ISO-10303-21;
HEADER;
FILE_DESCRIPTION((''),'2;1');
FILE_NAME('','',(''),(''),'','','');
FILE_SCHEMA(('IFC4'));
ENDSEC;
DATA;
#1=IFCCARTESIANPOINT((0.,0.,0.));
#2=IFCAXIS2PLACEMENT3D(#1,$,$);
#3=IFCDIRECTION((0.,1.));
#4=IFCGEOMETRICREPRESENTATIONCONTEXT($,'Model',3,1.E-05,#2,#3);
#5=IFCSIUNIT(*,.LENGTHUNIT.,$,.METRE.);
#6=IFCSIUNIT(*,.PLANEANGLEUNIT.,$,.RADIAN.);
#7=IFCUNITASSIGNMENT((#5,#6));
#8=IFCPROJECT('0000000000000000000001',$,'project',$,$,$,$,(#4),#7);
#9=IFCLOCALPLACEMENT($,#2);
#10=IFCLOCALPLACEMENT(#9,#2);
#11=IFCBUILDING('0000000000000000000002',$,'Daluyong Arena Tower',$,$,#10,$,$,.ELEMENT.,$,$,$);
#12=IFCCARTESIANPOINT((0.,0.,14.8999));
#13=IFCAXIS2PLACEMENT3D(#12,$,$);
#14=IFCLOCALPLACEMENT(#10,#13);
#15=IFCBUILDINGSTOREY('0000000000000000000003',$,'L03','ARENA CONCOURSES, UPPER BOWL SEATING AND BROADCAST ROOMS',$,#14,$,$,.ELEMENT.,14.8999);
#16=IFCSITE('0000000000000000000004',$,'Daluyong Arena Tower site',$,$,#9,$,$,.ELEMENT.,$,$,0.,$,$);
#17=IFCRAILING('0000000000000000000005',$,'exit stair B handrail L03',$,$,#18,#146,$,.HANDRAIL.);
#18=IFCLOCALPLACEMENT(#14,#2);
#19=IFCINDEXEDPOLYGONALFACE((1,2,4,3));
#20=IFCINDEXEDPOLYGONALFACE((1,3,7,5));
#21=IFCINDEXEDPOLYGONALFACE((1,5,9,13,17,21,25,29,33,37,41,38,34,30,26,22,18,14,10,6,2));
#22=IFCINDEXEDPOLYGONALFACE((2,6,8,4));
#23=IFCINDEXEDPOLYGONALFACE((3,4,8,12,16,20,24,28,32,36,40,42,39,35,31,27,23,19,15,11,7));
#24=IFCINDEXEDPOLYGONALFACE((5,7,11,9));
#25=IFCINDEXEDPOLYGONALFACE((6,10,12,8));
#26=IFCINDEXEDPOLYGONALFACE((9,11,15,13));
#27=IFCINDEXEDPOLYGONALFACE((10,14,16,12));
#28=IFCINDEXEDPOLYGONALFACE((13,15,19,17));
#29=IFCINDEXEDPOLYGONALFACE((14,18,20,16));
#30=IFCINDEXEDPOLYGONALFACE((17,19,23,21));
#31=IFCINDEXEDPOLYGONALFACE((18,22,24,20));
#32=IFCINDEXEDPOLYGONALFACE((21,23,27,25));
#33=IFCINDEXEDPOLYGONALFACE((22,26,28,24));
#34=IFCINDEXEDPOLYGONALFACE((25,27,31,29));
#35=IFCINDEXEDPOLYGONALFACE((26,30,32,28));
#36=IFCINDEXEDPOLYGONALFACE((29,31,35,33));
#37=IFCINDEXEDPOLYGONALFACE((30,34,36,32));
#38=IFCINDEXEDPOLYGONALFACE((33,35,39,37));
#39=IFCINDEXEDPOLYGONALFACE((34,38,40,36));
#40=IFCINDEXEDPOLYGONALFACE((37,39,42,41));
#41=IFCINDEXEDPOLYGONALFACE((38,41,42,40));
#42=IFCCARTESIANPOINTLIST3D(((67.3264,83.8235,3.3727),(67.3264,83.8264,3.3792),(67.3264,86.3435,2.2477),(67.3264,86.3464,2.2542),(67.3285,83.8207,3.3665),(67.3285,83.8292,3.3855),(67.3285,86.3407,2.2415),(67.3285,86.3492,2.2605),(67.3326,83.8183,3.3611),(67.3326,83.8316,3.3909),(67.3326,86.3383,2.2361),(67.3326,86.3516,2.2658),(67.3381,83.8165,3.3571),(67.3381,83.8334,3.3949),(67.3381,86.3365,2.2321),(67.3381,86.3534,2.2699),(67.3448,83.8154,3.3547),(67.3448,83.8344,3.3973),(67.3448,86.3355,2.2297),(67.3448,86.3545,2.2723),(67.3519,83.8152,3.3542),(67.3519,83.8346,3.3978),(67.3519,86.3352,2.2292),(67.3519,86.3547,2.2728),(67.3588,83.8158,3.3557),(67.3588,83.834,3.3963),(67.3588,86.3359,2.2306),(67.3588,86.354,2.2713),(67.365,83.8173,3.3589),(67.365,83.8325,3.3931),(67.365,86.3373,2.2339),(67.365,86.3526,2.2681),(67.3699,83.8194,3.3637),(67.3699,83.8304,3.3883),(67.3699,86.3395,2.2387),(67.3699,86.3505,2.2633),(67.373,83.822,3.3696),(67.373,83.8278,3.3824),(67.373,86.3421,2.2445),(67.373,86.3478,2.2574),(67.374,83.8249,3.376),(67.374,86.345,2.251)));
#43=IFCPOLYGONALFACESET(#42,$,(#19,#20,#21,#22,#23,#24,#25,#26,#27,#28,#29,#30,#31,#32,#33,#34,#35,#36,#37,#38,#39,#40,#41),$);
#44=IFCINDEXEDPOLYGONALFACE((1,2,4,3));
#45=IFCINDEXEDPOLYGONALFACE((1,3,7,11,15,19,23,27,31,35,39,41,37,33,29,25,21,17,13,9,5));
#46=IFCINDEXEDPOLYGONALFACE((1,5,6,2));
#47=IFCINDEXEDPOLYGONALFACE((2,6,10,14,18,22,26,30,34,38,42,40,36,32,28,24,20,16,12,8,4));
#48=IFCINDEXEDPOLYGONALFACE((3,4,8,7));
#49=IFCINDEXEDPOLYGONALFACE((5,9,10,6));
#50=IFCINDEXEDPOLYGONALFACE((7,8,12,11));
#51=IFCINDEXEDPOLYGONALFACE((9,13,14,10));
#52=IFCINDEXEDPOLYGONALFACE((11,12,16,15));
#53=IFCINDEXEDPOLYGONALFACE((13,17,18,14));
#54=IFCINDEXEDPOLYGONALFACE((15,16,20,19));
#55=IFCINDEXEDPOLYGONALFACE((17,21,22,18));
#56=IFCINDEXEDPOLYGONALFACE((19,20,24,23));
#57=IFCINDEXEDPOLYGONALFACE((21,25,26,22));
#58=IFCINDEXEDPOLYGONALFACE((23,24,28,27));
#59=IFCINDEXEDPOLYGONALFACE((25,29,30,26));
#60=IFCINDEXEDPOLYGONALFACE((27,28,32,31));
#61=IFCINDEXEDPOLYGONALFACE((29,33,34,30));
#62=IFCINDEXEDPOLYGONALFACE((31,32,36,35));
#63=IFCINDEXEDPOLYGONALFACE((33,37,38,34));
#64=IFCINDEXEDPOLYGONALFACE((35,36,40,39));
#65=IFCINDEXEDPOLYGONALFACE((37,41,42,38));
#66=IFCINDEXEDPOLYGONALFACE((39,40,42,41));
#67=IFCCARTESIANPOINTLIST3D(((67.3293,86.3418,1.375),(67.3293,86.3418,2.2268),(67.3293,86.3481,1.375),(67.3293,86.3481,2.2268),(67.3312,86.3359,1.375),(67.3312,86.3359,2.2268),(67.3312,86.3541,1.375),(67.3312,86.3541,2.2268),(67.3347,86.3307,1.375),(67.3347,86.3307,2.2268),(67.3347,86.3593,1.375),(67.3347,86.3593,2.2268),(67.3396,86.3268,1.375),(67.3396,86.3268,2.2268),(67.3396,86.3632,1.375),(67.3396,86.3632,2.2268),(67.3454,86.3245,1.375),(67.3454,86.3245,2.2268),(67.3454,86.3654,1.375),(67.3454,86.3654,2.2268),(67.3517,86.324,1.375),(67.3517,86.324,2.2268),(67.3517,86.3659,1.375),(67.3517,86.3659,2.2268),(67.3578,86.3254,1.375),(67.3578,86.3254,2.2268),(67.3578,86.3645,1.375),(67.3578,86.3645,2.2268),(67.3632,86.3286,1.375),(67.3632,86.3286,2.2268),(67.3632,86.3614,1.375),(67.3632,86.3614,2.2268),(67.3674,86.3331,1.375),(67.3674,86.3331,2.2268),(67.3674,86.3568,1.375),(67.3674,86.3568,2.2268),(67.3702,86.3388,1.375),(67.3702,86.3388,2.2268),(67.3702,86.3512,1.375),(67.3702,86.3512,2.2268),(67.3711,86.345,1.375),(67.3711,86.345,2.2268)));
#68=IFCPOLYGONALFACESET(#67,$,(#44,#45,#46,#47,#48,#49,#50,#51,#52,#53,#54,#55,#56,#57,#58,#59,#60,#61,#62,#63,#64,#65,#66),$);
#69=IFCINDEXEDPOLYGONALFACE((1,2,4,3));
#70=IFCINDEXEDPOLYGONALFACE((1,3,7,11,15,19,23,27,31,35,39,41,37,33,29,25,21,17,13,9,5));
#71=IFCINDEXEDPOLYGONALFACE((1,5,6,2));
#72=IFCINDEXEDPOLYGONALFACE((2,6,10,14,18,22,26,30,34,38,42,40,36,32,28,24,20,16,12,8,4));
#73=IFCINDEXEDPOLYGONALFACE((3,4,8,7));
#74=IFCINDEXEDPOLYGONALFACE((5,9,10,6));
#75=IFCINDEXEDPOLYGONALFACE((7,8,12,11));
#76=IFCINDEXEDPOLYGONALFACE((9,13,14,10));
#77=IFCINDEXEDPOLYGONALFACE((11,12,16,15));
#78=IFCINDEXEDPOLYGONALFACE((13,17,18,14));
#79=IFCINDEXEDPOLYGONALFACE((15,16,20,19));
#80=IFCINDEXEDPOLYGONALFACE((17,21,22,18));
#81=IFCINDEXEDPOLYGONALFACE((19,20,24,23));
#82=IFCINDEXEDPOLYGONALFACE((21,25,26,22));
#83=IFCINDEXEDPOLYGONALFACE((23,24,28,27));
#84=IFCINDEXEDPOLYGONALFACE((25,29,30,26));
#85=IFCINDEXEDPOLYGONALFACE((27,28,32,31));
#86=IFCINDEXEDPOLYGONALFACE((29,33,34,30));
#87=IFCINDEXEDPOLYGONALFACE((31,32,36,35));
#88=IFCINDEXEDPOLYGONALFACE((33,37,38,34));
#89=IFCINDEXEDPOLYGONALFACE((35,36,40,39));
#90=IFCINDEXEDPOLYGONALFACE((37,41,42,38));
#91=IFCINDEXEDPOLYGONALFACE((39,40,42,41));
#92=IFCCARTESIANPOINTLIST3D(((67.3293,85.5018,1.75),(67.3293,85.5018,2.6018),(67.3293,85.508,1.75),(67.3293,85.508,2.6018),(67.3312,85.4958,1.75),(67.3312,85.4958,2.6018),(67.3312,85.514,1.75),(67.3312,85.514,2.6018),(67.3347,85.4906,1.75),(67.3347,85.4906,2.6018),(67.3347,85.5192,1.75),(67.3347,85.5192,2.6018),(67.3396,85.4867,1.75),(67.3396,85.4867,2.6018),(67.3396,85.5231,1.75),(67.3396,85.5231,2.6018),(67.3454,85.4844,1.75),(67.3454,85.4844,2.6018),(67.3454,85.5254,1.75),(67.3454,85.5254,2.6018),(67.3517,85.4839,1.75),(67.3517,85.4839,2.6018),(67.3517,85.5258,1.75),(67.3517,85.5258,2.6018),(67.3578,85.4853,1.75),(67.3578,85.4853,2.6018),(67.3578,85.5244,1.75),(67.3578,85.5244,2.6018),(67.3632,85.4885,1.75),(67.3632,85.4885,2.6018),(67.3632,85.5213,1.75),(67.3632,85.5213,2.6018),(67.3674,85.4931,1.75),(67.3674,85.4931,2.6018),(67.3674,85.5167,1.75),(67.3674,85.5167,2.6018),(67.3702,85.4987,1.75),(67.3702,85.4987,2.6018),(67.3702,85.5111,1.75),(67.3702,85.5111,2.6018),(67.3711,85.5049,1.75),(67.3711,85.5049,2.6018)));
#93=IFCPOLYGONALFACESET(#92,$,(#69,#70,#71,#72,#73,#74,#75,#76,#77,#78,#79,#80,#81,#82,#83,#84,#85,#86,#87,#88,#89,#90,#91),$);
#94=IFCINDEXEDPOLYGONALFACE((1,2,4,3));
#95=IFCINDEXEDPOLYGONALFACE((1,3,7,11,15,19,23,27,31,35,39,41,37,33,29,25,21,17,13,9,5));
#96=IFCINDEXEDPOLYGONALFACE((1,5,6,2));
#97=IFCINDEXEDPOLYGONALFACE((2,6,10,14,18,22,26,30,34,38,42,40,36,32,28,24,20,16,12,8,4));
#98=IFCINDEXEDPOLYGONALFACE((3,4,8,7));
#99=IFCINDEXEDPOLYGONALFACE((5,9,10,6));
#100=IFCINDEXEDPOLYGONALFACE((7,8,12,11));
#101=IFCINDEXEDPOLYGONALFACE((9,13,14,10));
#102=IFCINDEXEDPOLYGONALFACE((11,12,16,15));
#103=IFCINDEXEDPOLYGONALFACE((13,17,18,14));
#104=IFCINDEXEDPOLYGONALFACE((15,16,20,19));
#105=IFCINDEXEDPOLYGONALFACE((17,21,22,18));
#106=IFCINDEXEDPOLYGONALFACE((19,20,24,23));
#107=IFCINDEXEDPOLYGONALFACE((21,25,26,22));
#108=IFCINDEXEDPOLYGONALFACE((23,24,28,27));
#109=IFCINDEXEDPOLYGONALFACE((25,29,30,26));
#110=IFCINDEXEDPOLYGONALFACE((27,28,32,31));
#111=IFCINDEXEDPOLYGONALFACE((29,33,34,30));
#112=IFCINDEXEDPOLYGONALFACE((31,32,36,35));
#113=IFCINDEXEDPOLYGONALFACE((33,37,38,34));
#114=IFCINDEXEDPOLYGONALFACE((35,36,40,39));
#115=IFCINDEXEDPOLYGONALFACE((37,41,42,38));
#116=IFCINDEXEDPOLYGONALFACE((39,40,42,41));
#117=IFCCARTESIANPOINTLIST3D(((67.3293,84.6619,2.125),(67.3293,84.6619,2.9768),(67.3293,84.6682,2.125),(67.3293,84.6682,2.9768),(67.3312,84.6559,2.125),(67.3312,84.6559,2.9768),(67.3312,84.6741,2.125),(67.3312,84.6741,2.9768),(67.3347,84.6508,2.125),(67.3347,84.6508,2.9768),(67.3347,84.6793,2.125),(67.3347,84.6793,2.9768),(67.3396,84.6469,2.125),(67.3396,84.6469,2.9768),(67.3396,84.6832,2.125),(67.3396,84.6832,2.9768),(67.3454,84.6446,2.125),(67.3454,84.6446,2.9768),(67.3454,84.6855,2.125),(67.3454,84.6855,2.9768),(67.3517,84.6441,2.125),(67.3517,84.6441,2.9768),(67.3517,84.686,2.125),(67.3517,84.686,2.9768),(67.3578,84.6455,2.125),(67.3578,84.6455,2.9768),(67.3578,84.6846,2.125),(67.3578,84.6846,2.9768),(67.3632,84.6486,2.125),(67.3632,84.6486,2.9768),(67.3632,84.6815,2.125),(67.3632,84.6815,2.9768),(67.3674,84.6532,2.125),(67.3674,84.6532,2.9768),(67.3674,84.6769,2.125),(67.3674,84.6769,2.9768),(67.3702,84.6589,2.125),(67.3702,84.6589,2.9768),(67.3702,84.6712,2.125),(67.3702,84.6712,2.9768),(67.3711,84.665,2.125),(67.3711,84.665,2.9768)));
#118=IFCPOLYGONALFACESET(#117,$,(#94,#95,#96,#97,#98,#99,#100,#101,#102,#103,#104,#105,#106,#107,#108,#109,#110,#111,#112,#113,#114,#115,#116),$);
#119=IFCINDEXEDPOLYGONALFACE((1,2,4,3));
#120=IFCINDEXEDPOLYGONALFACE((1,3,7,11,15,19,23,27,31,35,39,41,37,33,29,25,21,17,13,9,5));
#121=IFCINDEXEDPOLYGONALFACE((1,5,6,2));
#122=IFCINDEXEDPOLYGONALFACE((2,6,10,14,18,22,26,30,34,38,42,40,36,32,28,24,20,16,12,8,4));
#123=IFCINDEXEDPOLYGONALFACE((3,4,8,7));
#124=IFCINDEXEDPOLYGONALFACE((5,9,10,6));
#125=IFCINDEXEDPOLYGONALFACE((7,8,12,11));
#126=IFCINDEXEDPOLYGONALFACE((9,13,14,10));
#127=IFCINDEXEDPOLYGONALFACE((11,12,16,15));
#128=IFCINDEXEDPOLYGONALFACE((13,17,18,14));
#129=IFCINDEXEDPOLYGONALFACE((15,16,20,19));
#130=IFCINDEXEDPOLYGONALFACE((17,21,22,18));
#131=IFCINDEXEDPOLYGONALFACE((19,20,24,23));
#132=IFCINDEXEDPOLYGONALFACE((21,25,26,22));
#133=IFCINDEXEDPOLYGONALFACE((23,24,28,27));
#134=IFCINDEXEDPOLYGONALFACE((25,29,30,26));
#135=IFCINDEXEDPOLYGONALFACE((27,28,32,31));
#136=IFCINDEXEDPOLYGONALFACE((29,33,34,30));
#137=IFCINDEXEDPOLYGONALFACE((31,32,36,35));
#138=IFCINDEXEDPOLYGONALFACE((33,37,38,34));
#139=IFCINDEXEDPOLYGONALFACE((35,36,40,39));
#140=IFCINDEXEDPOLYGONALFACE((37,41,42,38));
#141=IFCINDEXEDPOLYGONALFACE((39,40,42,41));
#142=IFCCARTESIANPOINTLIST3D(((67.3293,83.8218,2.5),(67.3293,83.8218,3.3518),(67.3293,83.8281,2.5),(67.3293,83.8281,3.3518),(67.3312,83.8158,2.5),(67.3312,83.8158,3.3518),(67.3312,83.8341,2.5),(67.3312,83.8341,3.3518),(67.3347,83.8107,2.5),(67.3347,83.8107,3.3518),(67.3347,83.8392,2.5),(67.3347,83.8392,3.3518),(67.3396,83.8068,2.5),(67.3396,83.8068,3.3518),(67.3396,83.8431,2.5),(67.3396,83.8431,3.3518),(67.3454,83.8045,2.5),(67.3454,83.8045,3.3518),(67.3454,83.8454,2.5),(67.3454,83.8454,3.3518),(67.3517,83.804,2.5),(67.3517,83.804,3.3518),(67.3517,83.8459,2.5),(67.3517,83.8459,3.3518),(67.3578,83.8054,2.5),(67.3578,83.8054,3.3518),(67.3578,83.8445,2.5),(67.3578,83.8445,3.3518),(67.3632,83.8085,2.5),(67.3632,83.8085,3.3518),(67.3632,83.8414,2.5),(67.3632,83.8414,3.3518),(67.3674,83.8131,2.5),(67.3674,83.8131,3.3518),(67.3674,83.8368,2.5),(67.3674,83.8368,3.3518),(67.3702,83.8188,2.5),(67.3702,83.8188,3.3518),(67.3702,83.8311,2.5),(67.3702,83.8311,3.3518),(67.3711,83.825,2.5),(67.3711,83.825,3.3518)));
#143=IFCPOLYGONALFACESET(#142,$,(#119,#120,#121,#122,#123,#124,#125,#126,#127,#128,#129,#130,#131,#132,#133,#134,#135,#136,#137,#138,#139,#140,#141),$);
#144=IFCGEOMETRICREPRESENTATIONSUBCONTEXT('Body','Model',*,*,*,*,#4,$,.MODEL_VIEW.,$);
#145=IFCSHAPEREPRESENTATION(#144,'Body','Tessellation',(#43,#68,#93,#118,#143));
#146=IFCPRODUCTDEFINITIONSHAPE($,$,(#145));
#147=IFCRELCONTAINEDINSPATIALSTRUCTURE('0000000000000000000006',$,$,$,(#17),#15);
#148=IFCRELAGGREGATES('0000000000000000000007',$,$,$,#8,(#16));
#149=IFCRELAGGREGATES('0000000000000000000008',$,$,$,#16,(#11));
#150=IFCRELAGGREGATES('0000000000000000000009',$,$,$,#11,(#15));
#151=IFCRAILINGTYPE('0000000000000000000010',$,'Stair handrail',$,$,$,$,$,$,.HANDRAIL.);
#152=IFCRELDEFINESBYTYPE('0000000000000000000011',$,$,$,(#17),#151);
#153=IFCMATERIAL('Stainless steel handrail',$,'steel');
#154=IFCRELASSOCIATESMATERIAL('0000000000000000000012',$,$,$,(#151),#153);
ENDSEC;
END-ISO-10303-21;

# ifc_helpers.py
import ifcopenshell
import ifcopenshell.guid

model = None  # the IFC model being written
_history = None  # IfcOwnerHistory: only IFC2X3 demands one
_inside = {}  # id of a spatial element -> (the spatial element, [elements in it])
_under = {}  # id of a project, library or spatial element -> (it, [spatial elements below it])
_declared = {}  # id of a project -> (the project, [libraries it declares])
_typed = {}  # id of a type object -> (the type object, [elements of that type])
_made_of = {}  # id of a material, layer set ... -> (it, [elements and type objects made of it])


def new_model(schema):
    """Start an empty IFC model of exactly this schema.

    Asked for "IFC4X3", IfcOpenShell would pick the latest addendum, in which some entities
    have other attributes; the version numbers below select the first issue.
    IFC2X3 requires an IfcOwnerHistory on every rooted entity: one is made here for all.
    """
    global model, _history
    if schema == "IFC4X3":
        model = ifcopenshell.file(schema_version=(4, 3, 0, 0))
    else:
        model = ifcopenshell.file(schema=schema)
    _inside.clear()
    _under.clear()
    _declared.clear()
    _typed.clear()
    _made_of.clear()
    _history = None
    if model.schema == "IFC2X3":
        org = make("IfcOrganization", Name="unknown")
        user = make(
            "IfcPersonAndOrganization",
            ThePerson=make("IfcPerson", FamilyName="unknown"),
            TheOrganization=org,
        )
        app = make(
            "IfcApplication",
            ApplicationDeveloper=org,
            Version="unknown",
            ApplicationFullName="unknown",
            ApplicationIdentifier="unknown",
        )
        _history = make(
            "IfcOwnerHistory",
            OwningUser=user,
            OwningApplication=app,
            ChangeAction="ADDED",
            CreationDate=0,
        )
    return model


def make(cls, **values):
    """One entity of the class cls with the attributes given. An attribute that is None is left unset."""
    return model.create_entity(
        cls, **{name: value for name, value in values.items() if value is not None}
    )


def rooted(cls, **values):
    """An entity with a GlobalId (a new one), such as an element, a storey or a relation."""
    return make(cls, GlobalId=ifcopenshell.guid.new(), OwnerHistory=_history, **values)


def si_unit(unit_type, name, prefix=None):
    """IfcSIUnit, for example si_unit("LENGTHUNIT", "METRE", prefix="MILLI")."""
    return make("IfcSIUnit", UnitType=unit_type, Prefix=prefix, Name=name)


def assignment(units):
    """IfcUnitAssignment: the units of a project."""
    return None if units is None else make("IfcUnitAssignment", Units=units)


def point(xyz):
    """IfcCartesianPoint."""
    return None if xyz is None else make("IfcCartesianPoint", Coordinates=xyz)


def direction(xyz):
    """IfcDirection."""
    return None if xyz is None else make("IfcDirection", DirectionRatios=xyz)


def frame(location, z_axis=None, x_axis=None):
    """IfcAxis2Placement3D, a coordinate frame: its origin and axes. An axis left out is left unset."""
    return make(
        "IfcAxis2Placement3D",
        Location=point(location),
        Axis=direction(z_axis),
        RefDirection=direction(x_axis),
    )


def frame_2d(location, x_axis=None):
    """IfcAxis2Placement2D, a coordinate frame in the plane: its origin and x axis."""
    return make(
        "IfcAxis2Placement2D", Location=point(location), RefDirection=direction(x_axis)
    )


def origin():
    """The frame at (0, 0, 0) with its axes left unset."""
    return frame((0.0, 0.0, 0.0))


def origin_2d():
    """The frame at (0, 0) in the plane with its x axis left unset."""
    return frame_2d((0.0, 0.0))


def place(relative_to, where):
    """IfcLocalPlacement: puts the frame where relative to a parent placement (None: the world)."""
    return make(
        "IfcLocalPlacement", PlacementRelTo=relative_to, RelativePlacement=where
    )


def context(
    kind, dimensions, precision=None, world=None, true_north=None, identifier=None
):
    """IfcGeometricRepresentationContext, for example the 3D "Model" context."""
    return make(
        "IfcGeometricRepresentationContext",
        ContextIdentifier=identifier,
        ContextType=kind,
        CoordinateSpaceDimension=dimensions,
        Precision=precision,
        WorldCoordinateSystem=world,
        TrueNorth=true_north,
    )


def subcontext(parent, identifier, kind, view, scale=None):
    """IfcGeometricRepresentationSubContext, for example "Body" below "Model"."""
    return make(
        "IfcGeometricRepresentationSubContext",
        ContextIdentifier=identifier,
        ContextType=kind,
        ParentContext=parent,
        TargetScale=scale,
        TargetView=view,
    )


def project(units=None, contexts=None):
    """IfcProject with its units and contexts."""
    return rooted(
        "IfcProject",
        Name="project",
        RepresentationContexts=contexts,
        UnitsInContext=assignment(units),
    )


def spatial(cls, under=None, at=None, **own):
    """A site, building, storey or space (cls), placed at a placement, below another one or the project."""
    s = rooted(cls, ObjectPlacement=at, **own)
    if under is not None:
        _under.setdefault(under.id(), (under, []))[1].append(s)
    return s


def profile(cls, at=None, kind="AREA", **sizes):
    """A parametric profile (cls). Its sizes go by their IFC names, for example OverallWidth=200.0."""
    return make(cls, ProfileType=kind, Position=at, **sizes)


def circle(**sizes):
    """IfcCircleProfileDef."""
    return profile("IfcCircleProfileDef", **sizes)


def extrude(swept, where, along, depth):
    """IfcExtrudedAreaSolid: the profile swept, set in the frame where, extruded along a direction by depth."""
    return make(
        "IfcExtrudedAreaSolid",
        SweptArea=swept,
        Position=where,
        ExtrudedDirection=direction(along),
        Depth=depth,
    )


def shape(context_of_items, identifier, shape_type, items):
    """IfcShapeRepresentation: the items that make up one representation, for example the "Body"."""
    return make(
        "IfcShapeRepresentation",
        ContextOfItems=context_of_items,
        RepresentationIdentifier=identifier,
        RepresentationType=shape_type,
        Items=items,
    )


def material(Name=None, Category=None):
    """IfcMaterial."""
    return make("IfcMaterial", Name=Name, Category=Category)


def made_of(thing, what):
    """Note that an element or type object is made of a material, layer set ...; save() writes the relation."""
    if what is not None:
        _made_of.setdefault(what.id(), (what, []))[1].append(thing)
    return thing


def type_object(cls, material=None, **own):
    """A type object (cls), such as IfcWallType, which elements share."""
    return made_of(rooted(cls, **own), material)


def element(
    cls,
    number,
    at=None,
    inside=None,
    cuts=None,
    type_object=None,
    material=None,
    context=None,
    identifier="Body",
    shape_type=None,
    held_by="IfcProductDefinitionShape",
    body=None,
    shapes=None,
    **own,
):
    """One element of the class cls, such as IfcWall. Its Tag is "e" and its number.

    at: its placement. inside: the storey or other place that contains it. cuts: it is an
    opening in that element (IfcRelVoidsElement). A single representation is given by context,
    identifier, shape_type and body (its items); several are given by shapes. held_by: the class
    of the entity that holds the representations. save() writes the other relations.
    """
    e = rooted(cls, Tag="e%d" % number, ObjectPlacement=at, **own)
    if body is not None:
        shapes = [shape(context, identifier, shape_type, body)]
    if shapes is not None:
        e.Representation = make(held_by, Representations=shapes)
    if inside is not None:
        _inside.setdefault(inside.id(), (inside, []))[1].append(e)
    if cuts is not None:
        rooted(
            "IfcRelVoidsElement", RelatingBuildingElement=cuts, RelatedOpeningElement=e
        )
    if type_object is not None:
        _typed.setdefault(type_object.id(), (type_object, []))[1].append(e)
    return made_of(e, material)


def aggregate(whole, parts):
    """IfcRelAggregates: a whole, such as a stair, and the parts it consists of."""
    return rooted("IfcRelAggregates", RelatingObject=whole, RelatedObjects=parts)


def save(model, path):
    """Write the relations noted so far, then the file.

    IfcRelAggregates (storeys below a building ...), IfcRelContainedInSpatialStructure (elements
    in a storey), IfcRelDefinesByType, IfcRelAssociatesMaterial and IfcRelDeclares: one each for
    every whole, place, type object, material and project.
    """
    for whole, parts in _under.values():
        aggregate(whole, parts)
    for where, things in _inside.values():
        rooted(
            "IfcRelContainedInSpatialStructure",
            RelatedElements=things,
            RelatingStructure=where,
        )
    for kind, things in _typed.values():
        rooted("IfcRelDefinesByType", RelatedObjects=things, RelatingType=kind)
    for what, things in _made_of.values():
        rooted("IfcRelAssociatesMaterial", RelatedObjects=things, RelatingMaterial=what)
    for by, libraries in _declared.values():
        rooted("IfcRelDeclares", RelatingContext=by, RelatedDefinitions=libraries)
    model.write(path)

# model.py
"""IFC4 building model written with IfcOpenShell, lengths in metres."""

from ifc_helpers import new_model, si_unit, direction, frame, origin, origin_2d, place, context, subcontext, project, spatial, circle, extrude, material, type_object, element, save


model = new_model("IFC4")

# Units and contexts
model_context = context("Model", 3, precision=1e-05, world=origin(), true_north=direction((0.0, 1.0)))
body_context = subcontext(model_context, "Body", "Model", "MODEL_VIEW")
ifc_project = project(units=[si_unit("LENGTHUNIT", "METRE"), si_unit("PLANEANGLEUNIT", "RADIAN")], contexts=[model_context])

# Site, building, storey
site_placement = place(None, origin())
site = spatial("IfcSite", under=ifc_project, at=site_placement, Name="Daluyong Arena Tower site", CompositionType="ELEMENT", RefElevation=0.0)
building_placement = place(site_placement, origin())
building = spatial("IfcBuilding", under=site, at=building_placement, Name="Daluyong Arena Tower", CompositionType="ELEMENT")
storey_placement = place(building_placement, frame((0.0, 0.0, 14.8999)))
storey = spatial("IfcBuildingStorey", under=building, at=storey_placement, Name="L03", Description="ARENA CONCOURSES, UPPER BOWL SEATING AND BROADCAST ROOMS", CompositionType="ELEMENT", Elevation=14.8999)

# Railing
ifc_material_1 = material(Name="Stainless steel handrail", Category="steel")
railing_type_1 = type_object("IfcRailingType", Name="Stair handrail", PredefinedType="HANDRAIL", material=ifc_material_1)
for number, where, name in (
    (1, (67.3501, 86.345, 1.375), "exit stair B handrail L03"),
):
    element("IfcRailing", number, at=place(storey_placement, frame(where)), inside=storey, type_object=railing_type_1, Name=name, PredefinedType="HANDRAIL", context=body_context, shape_type="SweptSolid", body=[
        extrude(circle(Radius=0.0239, at=origin_2d()), frame((0.0, 0.0, 0.876), z_axis=(0.0, -0.913139, 0.407648), x_axis=(1.0, 0.0, 0.0)), (0.0, 0.0, 1.0), 2.7598),
        extrude(circle(Radius=0.021, at=origin_2d()), origin(), (0.0, 0.0, 1.0), 0.8518),
        extrude(circle(Radius=0.021, at=origin_2d()), frame((0.0, -0.8401, 0.375)), (0.0, 0.0, 1.0), 0.8518),
        extrude(circle(Radius=0.021, at=origin_2d()), frame((0.0, -1.6799, 0.75)), (0.0, 0.0, 1.0), 0.8518),
        extrude(circle(Radius=0.021, at=origin_2d()), frame((0.0, -2.52, 1.125)), (0.0, 0.0, 1.0), 0.8518),
    ])

save(model, "model.ifc")
